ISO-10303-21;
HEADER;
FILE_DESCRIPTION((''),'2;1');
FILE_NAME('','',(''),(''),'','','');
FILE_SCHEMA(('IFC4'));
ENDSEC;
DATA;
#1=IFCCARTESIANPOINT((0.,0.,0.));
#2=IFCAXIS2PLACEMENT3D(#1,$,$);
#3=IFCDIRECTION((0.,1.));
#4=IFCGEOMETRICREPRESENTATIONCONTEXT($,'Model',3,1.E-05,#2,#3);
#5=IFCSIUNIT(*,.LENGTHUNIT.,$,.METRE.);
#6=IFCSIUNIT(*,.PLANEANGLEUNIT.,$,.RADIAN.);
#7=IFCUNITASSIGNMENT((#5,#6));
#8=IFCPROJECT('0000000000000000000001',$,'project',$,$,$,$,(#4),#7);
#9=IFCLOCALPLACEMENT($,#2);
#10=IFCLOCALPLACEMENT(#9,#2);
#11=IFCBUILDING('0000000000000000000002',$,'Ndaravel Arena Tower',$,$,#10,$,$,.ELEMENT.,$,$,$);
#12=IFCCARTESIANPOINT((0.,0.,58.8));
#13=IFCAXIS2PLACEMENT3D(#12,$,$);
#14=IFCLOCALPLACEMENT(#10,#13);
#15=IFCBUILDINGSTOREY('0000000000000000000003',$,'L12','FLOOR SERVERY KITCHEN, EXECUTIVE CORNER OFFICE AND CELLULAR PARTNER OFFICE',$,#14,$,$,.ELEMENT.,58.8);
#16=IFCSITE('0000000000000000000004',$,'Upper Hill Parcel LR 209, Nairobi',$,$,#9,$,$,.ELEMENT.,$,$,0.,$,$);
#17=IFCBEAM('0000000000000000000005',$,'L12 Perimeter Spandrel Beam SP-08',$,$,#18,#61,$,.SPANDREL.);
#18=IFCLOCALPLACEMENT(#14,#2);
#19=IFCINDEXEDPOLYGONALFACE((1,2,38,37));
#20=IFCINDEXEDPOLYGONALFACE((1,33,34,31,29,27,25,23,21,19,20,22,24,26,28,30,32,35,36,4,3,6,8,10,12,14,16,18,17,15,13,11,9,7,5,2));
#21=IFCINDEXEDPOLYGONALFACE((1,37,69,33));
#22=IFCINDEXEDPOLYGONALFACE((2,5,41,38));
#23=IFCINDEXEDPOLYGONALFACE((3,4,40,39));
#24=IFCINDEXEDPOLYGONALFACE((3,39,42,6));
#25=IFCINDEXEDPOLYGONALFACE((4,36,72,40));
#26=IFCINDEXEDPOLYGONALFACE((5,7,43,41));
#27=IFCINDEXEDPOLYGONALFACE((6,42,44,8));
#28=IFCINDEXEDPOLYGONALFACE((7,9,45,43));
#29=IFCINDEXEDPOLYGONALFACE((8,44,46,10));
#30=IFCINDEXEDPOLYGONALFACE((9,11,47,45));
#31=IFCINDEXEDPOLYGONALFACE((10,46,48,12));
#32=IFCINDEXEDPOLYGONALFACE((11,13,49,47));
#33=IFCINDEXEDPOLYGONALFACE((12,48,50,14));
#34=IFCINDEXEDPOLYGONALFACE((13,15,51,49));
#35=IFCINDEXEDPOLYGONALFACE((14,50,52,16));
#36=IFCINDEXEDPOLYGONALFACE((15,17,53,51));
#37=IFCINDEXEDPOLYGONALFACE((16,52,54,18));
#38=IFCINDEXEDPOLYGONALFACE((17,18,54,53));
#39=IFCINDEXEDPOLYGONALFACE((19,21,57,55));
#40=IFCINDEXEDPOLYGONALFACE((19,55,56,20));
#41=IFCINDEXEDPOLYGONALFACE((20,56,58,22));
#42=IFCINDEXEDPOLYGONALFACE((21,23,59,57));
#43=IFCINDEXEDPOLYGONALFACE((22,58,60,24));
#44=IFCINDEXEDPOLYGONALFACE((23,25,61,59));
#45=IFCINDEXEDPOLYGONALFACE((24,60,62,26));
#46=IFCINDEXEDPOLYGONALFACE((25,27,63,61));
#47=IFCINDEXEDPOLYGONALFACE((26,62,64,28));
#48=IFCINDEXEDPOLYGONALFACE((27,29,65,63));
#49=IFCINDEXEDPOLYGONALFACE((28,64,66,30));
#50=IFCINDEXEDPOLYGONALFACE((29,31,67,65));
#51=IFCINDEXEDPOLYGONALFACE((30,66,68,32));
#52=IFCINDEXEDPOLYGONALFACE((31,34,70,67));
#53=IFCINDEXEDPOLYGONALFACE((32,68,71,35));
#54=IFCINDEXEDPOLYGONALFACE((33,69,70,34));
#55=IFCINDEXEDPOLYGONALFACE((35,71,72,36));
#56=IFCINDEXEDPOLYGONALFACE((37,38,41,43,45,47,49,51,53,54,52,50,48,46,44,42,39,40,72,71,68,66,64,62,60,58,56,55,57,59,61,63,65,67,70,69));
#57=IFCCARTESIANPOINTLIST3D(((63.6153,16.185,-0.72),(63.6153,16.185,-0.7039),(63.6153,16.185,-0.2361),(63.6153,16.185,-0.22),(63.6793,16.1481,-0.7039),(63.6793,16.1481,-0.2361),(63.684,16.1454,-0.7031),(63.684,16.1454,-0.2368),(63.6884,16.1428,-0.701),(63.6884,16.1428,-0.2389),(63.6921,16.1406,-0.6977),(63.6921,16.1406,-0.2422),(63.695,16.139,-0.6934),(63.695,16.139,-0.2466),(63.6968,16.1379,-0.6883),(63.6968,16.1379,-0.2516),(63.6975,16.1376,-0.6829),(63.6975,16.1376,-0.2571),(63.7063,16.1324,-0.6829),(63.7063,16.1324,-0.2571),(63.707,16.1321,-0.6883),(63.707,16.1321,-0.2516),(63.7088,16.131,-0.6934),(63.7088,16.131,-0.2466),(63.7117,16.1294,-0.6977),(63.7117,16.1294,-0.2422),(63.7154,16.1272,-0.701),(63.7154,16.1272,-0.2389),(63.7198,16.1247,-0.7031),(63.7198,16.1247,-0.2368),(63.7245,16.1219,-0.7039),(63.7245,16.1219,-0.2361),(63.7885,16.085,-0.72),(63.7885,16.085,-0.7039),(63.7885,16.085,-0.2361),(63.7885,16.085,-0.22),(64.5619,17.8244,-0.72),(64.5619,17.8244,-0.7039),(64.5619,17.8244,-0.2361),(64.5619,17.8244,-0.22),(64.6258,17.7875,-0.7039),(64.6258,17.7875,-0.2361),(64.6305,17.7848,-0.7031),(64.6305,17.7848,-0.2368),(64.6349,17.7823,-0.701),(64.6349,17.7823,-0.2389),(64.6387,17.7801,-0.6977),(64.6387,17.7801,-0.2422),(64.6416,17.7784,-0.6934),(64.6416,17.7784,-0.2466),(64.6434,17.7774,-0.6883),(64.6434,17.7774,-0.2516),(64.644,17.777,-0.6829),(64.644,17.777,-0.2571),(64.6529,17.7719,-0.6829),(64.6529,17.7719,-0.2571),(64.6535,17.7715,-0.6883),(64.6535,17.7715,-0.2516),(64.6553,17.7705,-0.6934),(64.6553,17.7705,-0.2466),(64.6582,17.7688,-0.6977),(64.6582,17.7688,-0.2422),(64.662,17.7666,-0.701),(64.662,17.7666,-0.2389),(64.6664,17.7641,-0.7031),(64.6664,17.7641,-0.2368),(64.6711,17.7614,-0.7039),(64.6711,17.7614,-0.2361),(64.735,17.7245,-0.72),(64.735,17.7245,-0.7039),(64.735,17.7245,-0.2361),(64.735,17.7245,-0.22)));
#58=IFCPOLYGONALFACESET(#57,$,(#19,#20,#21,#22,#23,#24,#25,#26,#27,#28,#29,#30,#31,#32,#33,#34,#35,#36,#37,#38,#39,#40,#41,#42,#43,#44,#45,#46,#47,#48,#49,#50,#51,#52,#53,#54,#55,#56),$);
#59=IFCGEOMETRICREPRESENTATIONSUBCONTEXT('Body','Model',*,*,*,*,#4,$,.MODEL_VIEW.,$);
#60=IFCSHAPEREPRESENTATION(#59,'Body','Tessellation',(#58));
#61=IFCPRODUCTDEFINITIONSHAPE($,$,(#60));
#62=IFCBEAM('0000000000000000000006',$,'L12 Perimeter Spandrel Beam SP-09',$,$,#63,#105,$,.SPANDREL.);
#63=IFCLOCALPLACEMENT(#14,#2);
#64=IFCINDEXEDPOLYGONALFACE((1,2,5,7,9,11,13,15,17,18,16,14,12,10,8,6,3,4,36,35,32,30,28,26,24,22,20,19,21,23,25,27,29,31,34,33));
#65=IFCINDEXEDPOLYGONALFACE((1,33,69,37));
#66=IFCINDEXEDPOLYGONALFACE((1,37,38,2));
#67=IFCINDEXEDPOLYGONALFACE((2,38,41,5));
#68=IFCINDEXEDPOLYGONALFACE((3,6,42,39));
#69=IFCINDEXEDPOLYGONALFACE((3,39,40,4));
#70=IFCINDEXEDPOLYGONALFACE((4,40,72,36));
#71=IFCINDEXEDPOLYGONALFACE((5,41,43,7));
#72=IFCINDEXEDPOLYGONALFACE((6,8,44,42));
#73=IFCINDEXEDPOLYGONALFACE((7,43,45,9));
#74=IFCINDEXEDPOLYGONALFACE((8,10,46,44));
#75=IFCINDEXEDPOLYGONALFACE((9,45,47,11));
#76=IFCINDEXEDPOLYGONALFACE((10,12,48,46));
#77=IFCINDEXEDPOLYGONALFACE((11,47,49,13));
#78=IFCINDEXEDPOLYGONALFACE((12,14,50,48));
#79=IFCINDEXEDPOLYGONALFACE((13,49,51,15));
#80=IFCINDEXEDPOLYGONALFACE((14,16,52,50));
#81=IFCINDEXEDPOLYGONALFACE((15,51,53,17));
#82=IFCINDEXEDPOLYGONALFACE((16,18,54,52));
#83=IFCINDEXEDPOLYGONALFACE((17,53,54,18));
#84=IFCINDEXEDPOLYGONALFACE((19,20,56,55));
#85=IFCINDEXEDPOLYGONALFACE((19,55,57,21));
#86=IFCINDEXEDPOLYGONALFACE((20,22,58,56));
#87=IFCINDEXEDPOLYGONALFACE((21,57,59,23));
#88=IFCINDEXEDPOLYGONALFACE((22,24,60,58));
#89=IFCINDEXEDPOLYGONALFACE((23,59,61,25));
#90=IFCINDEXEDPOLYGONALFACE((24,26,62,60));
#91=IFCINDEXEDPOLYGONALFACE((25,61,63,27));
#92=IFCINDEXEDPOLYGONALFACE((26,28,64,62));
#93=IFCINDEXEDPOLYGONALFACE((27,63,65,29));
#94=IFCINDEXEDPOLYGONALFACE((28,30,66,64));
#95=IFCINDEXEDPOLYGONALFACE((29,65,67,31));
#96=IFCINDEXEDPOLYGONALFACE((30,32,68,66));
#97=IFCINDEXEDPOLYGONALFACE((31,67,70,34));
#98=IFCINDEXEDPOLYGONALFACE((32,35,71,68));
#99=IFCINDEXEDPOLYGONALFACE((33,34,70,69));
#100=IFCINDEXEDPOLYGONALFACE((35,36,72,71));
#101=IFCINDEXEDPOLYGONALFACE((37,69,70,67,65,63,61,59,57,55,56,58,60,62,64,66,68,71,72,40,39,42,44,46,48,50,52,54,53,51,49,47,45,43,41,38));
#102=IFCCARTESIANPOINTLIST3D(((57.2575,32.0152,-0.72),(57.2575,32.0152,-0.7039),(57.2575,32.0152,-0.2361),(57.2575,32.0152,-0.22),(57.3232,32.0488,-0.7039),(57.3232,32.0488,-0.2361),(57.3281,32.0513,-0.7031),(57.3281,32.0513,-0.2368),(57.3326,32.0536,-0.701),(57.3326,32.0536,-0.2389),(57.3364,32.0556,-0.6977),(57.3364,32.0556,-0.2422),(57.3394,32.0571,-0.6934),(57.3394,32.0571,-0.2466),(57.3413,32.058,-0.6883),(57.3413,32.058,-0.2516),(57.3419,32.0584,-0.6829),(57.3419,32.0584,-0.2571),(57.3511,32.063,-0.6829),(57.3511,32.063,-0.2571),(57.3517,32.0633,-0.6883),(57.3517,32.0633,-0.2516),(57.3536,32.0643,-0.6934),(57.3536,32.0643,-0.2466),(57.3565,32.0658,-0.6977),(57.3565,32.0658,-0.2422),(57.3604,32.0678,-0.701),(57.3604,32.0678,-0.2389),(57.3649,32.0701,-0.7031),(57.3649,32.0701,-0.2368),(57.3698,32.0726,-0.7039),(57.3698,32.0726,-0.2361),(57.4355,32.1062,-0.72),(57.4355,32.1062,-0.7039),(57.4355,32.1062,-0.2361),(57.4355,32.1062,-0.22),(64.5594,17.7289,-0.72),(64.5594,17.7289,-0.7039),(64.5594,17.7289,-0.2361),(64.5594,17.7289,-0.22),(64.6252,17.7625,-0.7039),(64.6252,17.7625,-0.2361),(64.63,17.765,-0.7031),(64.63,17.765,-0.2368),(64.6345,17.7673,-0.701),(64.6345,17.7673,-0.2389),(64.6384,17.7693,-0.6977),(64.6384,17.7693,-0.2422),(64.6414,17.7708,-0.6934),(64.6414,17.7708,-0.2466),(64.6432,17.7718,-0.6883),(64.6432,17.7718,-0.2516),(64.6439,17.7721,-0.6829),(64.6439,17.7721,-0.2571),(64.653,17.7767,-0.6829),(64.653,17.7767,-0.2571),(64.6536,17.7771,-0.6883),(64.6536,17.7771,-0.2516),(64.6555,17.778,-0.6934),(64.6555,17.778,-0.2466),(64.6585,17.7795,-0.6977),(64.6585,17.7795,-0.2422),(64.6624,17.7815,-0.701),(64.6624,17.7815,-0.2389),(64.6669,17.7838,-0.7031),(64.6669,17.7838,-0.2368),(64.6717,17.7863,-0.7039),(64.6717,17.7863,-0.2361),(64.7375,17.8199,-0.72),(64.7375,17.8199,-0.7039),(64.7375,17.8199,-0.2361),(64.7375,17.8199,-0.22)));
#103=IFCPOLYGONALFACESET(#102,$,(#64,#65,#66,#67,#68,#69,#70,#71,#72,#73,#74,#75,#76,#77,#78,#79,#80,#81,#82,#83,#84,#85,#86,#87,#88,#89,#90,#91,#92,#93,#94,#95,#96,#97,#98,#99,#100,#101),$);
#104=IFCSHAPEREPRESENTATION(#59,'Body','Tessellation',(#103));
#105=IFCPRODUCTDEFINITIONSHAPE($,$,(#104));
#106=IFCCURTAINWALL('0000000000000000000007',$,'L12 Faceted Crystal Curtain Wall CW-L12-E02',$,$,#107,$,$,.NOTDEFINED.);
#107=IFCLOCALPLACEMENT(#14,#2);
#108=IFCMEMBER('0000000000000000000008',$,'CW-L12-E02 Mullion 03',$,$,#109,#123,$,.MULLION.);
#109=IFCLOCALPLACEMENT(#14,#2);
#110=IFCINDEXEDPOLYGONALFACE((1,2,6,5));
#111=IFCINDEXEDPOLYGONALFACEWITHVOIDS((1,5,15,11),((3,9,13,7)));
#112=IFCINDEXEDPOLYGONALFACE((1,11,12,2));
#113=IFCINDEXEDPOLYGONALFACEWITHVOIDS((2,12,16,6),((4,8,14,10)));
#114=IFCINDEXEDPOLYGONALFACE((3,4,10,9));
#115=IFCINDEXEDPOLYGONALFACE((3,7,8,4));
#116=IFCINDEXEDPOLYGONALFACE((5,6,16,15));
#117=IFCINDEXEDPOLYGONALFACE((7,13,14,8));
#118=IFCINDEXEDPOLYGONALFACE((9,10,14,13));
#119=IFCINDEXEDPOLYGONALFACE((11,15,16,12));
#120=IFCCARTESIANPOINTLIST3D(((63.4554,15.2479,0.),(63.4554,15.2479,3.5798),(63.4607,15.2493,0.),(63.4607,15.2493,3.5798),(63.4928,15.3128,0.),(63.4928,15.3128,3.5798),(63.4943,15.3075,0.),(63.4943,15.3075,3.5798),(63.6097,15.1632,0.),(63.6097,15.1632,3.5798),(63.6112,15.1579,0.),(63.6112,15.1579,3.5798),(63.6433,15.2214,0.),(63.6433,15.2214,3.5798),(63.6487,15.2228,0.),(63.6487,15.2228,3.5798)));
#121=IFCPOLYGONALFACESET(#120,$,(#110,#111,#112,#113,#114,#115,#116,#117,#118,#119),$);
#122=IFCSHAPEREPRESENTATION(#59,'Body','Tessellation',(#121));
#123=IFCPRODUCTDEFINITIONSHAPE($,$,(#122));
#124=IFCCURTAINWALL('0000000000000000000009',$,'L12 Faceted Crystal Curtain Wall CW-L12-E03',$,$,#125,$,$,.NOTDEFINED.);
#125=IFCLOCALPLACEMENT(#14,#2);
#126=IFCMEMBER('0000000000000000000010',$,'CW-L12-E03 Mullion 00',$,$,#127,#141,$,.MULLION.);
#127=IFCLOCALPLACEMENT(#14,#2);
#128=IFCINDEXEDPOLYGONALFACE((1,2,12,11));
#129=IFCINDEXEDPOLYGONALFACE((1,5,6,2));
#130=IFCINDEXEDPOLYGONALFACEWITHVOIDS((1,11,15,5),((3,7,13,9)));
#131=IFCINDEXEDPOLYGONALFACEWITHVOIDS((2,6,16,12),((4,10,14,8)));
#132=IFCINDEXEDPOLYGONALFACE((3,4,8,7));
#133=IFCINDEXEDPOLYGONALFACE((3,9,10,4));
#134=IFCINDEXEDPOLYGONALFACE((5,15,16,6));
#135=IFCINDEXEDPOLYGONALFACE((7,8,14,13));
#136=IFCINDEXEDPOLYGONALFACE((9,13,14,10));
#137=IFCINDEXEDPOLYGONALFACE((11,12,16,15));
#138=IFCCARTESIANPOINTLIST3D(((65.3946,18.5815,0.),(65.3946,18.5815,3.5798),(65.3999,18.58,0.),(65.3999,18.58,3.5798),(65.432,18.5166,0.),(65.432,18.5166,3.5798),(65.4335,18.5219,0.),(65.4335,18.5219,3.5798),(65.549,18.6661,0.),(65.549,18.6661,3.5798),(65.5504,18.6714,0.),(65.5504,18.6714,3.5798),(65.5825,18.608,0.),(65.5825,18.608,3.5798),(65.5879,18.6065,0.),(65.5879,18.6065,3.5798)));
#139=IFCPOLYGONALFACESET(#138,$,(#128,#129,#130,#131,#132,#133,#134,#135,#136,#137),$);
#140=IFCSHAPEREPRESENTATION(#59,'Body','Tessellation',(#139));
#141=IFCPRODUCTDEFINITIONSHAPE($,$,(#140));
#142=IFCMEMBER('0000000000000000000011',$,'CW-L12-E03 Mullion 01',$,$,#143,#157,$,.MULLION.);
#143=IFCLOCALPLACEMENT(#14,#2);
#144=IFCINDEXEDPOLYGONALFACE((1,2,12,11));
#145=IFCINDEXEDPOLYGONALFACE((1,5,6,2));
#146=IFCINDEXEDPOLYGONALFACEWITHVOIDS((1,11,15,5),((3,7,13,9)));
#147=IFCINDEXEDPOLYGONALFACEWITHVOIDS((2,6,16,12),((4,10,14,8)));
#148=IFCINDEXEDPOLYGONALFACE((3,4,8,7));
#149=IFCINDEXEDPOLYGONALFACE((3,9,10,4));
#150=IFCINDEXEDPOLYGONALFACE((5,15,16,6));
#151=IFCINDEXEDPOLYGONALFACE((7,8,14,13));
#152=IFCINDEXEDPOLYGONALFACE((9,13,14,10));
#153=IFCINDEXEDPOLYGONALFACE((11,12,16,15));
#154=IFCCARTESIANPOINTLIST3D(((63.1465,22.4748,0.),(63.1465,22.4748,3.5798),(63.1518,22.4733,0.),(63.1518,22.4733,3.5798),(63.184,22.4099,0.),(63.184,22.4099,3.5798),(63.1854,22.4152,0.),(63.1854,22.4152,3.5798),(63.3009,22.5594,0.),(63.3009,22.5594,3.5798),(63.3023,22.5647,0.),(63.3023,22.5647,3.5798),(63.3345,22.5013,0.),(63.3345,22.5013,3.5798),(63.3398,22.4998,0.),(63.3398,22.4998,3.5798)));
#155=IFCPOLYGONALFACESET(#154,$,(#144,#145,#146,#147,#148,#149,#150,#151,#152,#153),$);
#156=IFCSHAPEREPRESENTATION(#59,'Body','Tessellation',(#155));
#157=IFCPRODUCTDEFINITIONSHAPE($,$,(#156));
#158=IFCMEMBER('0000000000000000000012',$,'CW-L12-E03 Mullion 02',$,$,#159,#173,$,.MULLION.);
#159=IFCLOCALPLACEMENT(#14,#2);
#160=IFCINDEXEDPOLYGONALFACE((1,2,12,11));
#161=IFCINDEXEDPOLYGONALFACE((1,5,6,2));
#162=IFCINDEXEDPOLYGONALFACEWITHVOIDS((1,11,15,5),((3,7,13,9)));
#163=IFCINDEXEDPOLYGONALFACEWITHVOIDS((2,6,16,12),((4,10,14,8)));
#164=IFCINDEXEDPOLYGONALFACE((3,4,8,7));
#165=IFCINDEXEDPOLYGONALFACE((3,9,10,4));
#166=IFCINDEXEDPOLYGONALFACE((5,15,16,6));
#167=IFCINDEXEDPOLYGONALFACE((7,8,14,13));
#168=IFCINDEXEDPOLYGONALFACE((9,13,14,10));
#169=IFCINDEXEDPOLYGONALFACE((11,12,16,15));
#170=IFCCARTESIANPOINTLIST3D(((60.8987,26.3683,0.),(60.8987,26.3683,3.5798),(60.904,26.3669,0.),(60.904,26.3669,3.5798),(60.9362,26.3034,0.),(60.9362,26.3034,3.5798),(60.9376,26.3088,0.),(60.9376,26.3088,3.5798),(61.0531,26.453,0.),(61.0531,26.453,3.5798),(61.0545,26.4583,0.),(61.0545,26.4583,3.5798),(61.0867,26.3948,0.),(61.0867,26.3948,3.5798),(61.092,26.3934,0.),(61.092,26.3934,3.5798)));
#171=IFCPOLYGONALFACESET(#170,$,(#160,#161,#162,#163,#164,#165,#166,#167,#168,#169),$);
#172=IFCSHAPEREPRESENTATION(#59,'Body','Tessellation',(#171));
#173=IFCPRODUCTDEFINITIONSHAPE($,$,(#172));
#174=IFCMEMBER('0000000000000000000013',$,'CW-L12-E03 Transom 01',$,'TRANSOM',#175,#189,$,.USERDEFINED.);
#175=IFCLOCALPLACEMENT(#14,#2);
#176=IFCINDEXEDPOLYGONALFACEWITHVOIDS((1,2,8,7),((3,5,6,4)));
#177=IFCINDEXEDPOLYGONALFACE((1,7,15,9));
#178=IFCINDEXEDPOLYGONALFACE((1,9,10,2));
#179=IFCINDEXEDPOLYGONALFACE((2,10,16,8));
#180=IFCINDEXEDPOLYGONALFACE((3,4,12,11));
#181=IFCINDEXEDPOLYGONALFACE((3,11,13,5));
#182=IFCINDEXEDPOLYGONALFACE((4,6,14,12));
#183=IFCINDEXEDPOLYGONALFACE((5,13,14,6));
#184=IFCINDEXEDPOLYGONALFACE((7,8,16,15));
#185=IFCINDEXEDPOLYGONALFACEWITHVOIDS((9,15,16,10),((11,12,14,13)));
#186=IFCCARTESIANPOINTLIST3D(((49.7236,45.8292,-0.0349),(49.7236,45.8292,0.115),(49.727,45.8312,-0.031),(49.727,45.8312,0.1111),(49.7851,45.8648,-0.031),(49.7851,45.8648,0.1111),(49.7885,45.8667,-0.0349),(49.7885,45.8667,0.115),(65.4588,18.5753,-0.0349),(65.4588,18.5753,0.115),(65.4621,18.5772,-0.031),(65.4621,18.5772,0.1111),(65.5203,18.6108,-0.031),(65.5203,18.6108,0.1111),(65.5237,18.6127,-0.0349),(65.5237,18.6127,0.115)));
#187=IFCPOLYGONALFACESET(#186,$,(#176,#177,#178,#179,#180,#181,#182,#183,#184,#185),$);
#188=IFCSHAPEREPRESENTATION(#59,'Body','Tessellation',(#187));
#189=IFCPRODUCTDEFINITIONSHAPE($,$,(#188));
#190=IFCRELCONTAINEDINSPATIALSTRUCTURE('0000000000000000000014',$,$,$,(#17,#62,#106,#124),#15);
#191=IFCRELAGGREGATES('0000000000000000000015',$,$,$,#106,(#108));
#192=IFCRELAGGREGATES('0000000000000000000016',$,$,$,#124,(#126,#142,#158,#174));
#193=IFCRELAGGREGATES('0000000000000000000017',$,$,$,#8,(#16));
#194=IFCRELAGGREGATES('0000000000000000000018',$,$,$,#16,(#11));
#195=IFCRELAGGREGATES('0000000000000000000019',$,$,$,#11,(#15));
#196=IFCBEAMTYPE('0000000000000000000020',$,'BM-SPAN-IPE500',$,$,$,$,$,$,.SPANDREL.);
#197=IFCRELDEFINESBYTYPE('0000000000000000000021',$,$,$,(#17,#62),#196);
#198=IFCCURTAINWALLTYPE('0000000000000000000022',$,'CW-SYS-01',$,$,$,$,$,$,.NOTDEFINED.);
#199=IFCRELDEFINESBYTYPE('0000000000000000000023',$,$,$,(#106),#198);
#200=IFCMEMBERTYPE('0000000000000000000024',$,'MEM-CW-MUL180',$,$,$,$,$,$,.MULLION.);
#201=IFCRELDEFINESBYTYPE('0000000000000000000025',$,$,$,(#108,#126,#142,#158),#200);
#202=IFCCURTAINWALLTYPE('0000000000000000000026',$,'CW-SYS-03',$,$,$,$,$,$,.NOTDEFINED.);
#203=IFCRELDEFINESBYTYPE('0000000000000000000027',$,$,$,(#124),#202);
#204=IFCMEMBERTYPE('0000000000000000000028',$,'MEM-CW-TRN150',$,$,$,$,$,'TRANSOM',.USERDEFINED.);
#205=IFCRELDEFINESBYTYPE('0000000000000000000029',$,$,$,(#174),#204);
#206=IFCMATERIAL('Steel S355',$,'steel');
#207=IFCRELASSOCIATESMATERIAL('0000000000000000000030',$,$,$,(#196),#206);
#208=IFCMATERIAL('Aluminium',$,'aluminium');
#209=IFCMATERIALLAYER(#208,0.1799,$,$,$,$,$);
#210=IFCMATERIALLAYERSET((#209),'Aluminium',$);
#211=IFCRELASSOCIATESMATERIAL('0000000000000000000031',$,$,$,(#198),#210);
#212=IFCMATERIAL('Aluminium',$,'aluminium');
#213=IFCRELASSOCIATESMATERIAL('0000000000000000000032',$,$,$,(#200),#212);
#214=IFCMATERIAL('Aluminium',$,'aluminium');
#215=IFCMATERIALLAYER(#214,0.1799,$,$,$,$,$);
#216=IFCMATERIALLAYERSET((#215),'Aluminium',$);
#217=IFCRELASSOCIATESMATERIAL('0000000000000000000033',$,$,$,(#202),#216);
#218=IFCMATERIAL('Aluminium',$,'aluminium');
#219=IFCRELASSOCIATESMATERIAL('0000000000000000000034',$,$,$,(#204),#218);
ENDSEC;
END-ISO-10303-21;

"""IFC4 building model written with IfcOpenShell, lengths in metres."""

from ifc_helpers import new_model, si_unit, direction, frame, origin, origin_2d, place, context, subcontext, project, spatial, hollow_rectangle, i_section, extrude, material, layer, layer_set, material_profile, profile_set, type_object, element, aggregate, save


model = new_model("IFC4")

# Units and contexts
model_context = context("Model", 3, precision=1e-05, world=origin(), true_north=direction((0.0, 1.0)))
body_context = subcontext(model_context, "Body", "Model", "MODEL_VIEW")
ifc_project = project(units=[si_unit("LENGTHUNIT", "METRE"), si_unit("PLANEANGLEUNIT", "RADIAN")], contexts=[model_context])

# Site, building, storey
site_placement = place(None, origin())
site = spatial("IfcSite", under=ifc_project, at=site_placement, Name="Upper Hill Parcel LR 209, Nairobi", CompositionType="ELEMENT", RefElevation=0.0)
building_placement = place(site_placement, origin())
building = spatial("IfcBuilding", under=site, at=building_placement, Name="Ndaravel Arena Tower", CompositionType="ELEMENT")
storey_placement = place(building_placement, frame((0.0, 0.0, 58.8)))
storey = spatial("IfcBuildingStorey", under=building, at=storey_placement, Name="L12", Description="FLOOR SERVERY KITCHEN, EXECUTIVE CORNER OFFICE AND CELLULAR PARTNER OFFICE", CompositionType="ELEMENT", Elevation=58.8)

# Beams
ifc_material_1 = material(Name="Steel S355", Category="steel")
ifc_material_profile_1 = material_profile(ifc_material_1, i_section(OverallWidth=0.2, OverallDepth=0.5, WebThickness=0.0103, FlangeThickness=0.0161, FilletRadius=0.021, at=origin_2d()), Name="IPE 500")
ifc_profile_set_1 = profile_set([ifc_material_profile_1], Name="Steel S355")
beam_type_1 = type_object("IfcBeamType", Name="BM-SPAN-IPE500", PredefinedType="SPANDREL", material=ifc_profile_set_1)
beam_1_placement = place(storey_placement, frame((63.7019, 16.135, -0.47), z_axis=(0.500009, 0.86602, 0.0), x_axis=(-0.86602, 0.500009, 0.0)))
element("IfcBeam", 1, at=beam_1_placement, inside=storey, type_object=beam_type_1, Name="L12 Perimeter Spandrel Beam SP-08", PredefinedType="SPANDREL", context=body_context, shape_type="SweptSolid", body=[
    extrude(i_section(OverallWidth=0.2, OverallDepth=0.5, WebThickness=0.0103, FlangeThickness=0.0161, FilletRadius=0.021, at=origin_2d()), origin(), (0.0, 0.0, 1.0), 1.8931),
])
beam_2_placement = place(storey_placement, frame((64.6484, 17.7744, -0.47), z_axis=(-0.455115, 0.890433, 0.0), x_axis=(-0.890433, -0.455115, 0.0)))
element("IfcBeam", 2, at=beam_2_placement, inside=storey, type_object=beam_type_1, Name="L12 Perimeter Spandrel Beam SP-09", PredefinedType="SPANDREL", context=body_context, shape_type="SweptSolid", body=[
    extrude(i_section(OverallWidth=0.2, OverallDepth=0.5, WebThickness=0.0103, FlangeThickness=0.0161, FilletRadius=0.021, at=origin_2d()), origin(), (0.0, 0.0, 1.0), 16.0442),
])

# Curtain wall, member
ifc_material_2 = material(Name="Aluminium", Category="aluminium")
ifc_layer_1 = layer(ifc_material_2, 0.1799)
ifc_layer_set_1 = layer_set([ifc_layer_1], Name="Aluminium")
curtain_wall_type_1 = type_object("IfcCurtainWallType", Name="CW-SYS-01", PredefinedType="NOTDEFINED", material=ifc_layer_set_1)
curtain_wall_1_placement = place(storey_placement, origin())
curtain_wall_1 = element("IfcCurtainWall", 3, at=curtain_wall_1_placement, inside=storey, type_object=curtain_wall_type_1, Name="L12 Faceted Crystal Curtain Wall CW-L12-E02", PredefinedType="NOTDEFINED")
ifc_material_3 = material(Name="Aluminium", Category="aluminium")
ifc_material_profile_2 = material_profile(ifc_material_3, hollow_rectangle(XDim=0.075, YDim=0.1799, WallThickness=0.0039, at=origin_2d()), Name="CW MULLION 75x180x4")
ifc_profile_set_2 = profile_set([ifc_material_profile_2], Name="Aluminium")
member_type_1 = type_object("IfcMemberType", Name="MEM-CW-MUL180", PredefinedType="MULLION", material=ifc_profile_set_2)
member_1_placement = place(storey_placement, frame((63.552, 15.2354, 0.0), z_axis=(0.0, 0.0, 1.0), x_axis=(0.5, 0.866025, 0.0)))
member_1 = element("IfcMember", 4, at=member_1_placement, type_object=member_type_1, Name="CW-L12-E02 Mullion 03", PredefinedType="MULLION", context=body_context, shape_type="SweptSolid", body=[
    extrude(hollow_rectangle(XDim=0.075, YDim=0.1799, WallThickness=0.0039, at=origin_2d()), origin(), (0.0, 0.0, 1.0), 3.5798),
])

# Curtain wall, members
ifc_material_4 = material(Name="Aluminium", Category="aluminium")
ifc_layer_2 = layer(ifc_material_4, 0.1799)
ifc_layer_set_2 = layer_set([ifc_layer_2], Name="Aluminium")
curtain_wall_type_2 = type_object("IfcCurtainWallType", Name="CW-SYS-03", PredefinedType="NOTDEFINED", material=ifc_layer_set_2)
curtain_wall_2_placement = place(storey_placement, origin())
curtain_wall_2 = element("IfcCurtainWall", 5, at=curtain_wall_2_placement, inside=storey, type_object=curtain_wall_type_2, Name="L12 Faceted Crystal Curtain Wall CW-L12-E03", PredefinedType="NOTDEFINED")
member_2_placement = place(storey_placement, frame((65.4912, 18.594, 0.0), z_axis=(0.0, 0.0, 1.0), x_axis=(-0.5, 0.866025, 0.0)))
member_2 = element("IfcMember", 6, at=member_2_placement, type_object=member_type_1, Name="CW-L12-E03 Mullion 00", PredefinedType="MULLION", context=body_context, shape_type="SweptSolid", body=[
    extrude(hollow_rectangle(XDim=0.075, YDim=0.1799, WallThickness=0.0039, at=origin_2d()), origin(), (0.0, 0.0, 1.0), 3.5798),
])
member_3_placement = place(storey_placement, frame((63.2432, 22.4873, 0.0), z_axis=(0.0, 0.0, 1.0), x_axis=(-0.5, 0.866025, 0.0)))
member_3 = element("IfcMember", 7, at=member_3_placement, type_object=member_type_1, Name="CW-L12-E03 Mullion 01", PredefinedType="MULLION", context=body_context, shape_type="SweptSolid", body=[
    extrude(hollow_rectangle(XDim=0.075, YDim=0.1799, WallThickness=0.0039, at=origin_2d()), origin(), (0.0, 0.0, 1.0), 3.5798),
])
member_4_placement = place(storey_placement, frame((60.9954, 26.3809, 0.0), z_axis=(0.0, 0.0, 1.0), x_axis=(-0.5, 0.866025, 0.0)))
member_4 = element("IfcMember", 8, at=member_4_placement, type_object=member_type_1, Name="CW-L12-E03 Mullion 02", PredefinedType="MULLION", context=body_context, shape_type="SweptSolid", body=[
    extrude(hollow_rectangle(XDim=0.075, YDim=0.1799, WallThickness=0.0039, at=origin_2d()), origin(), (0.0, 0.0, 1.0), 3.5798),
])
ifc_material_5 = material(Name="Aluminium", Category="aluminium")
ifc_material_profile_3 = material_profile(ifc_material_5, hollow_rectangle(XDim=0.075, YDim=0.1499, WallThickness=0.0039, at=origin_2d()), Name="CW TRANSOM 75x150x4")
ifc_profile_set_3 = profile_set([ifc_material_profile_3], Name="Aluminium")
member_type_2 = type_object("IfcMemberType", Name="MEM-CW-TRN150", ElementType="TRANSOM", PredefinedType="USERDEFINED", material=ifc_profile_set_3)
member_5_placement = place(storey_placement, frame((65.4912, 18.594, 0.04), z_axis=(-0.500001, 0.866025, 0.0), x_axis=(-0.866025, -0.500001, 0.0)))
member_5 = element("IfcMember", 9, at=member_5_placement, type_object=member_type_2, Name="CW-L12-E03 Transom 01", ObjectType="TRANSOM", PredefinedType="USERDEFINED", context=body_context, shape_type="SweptSolid", body=[
    extrude(hollow_rectangle(XDim=0.075, YDim=0.1499, WallThickness=0.0039, at=origin_2d()), origin(), (0.0, 0.0, 1.0), 31.4702),
])

aggregate(curtain_wall_1, [member_1])
aggregate(curtain_wall_2, [member_2, member_3, member_4, member_5])

save(model, "model.ifc")
